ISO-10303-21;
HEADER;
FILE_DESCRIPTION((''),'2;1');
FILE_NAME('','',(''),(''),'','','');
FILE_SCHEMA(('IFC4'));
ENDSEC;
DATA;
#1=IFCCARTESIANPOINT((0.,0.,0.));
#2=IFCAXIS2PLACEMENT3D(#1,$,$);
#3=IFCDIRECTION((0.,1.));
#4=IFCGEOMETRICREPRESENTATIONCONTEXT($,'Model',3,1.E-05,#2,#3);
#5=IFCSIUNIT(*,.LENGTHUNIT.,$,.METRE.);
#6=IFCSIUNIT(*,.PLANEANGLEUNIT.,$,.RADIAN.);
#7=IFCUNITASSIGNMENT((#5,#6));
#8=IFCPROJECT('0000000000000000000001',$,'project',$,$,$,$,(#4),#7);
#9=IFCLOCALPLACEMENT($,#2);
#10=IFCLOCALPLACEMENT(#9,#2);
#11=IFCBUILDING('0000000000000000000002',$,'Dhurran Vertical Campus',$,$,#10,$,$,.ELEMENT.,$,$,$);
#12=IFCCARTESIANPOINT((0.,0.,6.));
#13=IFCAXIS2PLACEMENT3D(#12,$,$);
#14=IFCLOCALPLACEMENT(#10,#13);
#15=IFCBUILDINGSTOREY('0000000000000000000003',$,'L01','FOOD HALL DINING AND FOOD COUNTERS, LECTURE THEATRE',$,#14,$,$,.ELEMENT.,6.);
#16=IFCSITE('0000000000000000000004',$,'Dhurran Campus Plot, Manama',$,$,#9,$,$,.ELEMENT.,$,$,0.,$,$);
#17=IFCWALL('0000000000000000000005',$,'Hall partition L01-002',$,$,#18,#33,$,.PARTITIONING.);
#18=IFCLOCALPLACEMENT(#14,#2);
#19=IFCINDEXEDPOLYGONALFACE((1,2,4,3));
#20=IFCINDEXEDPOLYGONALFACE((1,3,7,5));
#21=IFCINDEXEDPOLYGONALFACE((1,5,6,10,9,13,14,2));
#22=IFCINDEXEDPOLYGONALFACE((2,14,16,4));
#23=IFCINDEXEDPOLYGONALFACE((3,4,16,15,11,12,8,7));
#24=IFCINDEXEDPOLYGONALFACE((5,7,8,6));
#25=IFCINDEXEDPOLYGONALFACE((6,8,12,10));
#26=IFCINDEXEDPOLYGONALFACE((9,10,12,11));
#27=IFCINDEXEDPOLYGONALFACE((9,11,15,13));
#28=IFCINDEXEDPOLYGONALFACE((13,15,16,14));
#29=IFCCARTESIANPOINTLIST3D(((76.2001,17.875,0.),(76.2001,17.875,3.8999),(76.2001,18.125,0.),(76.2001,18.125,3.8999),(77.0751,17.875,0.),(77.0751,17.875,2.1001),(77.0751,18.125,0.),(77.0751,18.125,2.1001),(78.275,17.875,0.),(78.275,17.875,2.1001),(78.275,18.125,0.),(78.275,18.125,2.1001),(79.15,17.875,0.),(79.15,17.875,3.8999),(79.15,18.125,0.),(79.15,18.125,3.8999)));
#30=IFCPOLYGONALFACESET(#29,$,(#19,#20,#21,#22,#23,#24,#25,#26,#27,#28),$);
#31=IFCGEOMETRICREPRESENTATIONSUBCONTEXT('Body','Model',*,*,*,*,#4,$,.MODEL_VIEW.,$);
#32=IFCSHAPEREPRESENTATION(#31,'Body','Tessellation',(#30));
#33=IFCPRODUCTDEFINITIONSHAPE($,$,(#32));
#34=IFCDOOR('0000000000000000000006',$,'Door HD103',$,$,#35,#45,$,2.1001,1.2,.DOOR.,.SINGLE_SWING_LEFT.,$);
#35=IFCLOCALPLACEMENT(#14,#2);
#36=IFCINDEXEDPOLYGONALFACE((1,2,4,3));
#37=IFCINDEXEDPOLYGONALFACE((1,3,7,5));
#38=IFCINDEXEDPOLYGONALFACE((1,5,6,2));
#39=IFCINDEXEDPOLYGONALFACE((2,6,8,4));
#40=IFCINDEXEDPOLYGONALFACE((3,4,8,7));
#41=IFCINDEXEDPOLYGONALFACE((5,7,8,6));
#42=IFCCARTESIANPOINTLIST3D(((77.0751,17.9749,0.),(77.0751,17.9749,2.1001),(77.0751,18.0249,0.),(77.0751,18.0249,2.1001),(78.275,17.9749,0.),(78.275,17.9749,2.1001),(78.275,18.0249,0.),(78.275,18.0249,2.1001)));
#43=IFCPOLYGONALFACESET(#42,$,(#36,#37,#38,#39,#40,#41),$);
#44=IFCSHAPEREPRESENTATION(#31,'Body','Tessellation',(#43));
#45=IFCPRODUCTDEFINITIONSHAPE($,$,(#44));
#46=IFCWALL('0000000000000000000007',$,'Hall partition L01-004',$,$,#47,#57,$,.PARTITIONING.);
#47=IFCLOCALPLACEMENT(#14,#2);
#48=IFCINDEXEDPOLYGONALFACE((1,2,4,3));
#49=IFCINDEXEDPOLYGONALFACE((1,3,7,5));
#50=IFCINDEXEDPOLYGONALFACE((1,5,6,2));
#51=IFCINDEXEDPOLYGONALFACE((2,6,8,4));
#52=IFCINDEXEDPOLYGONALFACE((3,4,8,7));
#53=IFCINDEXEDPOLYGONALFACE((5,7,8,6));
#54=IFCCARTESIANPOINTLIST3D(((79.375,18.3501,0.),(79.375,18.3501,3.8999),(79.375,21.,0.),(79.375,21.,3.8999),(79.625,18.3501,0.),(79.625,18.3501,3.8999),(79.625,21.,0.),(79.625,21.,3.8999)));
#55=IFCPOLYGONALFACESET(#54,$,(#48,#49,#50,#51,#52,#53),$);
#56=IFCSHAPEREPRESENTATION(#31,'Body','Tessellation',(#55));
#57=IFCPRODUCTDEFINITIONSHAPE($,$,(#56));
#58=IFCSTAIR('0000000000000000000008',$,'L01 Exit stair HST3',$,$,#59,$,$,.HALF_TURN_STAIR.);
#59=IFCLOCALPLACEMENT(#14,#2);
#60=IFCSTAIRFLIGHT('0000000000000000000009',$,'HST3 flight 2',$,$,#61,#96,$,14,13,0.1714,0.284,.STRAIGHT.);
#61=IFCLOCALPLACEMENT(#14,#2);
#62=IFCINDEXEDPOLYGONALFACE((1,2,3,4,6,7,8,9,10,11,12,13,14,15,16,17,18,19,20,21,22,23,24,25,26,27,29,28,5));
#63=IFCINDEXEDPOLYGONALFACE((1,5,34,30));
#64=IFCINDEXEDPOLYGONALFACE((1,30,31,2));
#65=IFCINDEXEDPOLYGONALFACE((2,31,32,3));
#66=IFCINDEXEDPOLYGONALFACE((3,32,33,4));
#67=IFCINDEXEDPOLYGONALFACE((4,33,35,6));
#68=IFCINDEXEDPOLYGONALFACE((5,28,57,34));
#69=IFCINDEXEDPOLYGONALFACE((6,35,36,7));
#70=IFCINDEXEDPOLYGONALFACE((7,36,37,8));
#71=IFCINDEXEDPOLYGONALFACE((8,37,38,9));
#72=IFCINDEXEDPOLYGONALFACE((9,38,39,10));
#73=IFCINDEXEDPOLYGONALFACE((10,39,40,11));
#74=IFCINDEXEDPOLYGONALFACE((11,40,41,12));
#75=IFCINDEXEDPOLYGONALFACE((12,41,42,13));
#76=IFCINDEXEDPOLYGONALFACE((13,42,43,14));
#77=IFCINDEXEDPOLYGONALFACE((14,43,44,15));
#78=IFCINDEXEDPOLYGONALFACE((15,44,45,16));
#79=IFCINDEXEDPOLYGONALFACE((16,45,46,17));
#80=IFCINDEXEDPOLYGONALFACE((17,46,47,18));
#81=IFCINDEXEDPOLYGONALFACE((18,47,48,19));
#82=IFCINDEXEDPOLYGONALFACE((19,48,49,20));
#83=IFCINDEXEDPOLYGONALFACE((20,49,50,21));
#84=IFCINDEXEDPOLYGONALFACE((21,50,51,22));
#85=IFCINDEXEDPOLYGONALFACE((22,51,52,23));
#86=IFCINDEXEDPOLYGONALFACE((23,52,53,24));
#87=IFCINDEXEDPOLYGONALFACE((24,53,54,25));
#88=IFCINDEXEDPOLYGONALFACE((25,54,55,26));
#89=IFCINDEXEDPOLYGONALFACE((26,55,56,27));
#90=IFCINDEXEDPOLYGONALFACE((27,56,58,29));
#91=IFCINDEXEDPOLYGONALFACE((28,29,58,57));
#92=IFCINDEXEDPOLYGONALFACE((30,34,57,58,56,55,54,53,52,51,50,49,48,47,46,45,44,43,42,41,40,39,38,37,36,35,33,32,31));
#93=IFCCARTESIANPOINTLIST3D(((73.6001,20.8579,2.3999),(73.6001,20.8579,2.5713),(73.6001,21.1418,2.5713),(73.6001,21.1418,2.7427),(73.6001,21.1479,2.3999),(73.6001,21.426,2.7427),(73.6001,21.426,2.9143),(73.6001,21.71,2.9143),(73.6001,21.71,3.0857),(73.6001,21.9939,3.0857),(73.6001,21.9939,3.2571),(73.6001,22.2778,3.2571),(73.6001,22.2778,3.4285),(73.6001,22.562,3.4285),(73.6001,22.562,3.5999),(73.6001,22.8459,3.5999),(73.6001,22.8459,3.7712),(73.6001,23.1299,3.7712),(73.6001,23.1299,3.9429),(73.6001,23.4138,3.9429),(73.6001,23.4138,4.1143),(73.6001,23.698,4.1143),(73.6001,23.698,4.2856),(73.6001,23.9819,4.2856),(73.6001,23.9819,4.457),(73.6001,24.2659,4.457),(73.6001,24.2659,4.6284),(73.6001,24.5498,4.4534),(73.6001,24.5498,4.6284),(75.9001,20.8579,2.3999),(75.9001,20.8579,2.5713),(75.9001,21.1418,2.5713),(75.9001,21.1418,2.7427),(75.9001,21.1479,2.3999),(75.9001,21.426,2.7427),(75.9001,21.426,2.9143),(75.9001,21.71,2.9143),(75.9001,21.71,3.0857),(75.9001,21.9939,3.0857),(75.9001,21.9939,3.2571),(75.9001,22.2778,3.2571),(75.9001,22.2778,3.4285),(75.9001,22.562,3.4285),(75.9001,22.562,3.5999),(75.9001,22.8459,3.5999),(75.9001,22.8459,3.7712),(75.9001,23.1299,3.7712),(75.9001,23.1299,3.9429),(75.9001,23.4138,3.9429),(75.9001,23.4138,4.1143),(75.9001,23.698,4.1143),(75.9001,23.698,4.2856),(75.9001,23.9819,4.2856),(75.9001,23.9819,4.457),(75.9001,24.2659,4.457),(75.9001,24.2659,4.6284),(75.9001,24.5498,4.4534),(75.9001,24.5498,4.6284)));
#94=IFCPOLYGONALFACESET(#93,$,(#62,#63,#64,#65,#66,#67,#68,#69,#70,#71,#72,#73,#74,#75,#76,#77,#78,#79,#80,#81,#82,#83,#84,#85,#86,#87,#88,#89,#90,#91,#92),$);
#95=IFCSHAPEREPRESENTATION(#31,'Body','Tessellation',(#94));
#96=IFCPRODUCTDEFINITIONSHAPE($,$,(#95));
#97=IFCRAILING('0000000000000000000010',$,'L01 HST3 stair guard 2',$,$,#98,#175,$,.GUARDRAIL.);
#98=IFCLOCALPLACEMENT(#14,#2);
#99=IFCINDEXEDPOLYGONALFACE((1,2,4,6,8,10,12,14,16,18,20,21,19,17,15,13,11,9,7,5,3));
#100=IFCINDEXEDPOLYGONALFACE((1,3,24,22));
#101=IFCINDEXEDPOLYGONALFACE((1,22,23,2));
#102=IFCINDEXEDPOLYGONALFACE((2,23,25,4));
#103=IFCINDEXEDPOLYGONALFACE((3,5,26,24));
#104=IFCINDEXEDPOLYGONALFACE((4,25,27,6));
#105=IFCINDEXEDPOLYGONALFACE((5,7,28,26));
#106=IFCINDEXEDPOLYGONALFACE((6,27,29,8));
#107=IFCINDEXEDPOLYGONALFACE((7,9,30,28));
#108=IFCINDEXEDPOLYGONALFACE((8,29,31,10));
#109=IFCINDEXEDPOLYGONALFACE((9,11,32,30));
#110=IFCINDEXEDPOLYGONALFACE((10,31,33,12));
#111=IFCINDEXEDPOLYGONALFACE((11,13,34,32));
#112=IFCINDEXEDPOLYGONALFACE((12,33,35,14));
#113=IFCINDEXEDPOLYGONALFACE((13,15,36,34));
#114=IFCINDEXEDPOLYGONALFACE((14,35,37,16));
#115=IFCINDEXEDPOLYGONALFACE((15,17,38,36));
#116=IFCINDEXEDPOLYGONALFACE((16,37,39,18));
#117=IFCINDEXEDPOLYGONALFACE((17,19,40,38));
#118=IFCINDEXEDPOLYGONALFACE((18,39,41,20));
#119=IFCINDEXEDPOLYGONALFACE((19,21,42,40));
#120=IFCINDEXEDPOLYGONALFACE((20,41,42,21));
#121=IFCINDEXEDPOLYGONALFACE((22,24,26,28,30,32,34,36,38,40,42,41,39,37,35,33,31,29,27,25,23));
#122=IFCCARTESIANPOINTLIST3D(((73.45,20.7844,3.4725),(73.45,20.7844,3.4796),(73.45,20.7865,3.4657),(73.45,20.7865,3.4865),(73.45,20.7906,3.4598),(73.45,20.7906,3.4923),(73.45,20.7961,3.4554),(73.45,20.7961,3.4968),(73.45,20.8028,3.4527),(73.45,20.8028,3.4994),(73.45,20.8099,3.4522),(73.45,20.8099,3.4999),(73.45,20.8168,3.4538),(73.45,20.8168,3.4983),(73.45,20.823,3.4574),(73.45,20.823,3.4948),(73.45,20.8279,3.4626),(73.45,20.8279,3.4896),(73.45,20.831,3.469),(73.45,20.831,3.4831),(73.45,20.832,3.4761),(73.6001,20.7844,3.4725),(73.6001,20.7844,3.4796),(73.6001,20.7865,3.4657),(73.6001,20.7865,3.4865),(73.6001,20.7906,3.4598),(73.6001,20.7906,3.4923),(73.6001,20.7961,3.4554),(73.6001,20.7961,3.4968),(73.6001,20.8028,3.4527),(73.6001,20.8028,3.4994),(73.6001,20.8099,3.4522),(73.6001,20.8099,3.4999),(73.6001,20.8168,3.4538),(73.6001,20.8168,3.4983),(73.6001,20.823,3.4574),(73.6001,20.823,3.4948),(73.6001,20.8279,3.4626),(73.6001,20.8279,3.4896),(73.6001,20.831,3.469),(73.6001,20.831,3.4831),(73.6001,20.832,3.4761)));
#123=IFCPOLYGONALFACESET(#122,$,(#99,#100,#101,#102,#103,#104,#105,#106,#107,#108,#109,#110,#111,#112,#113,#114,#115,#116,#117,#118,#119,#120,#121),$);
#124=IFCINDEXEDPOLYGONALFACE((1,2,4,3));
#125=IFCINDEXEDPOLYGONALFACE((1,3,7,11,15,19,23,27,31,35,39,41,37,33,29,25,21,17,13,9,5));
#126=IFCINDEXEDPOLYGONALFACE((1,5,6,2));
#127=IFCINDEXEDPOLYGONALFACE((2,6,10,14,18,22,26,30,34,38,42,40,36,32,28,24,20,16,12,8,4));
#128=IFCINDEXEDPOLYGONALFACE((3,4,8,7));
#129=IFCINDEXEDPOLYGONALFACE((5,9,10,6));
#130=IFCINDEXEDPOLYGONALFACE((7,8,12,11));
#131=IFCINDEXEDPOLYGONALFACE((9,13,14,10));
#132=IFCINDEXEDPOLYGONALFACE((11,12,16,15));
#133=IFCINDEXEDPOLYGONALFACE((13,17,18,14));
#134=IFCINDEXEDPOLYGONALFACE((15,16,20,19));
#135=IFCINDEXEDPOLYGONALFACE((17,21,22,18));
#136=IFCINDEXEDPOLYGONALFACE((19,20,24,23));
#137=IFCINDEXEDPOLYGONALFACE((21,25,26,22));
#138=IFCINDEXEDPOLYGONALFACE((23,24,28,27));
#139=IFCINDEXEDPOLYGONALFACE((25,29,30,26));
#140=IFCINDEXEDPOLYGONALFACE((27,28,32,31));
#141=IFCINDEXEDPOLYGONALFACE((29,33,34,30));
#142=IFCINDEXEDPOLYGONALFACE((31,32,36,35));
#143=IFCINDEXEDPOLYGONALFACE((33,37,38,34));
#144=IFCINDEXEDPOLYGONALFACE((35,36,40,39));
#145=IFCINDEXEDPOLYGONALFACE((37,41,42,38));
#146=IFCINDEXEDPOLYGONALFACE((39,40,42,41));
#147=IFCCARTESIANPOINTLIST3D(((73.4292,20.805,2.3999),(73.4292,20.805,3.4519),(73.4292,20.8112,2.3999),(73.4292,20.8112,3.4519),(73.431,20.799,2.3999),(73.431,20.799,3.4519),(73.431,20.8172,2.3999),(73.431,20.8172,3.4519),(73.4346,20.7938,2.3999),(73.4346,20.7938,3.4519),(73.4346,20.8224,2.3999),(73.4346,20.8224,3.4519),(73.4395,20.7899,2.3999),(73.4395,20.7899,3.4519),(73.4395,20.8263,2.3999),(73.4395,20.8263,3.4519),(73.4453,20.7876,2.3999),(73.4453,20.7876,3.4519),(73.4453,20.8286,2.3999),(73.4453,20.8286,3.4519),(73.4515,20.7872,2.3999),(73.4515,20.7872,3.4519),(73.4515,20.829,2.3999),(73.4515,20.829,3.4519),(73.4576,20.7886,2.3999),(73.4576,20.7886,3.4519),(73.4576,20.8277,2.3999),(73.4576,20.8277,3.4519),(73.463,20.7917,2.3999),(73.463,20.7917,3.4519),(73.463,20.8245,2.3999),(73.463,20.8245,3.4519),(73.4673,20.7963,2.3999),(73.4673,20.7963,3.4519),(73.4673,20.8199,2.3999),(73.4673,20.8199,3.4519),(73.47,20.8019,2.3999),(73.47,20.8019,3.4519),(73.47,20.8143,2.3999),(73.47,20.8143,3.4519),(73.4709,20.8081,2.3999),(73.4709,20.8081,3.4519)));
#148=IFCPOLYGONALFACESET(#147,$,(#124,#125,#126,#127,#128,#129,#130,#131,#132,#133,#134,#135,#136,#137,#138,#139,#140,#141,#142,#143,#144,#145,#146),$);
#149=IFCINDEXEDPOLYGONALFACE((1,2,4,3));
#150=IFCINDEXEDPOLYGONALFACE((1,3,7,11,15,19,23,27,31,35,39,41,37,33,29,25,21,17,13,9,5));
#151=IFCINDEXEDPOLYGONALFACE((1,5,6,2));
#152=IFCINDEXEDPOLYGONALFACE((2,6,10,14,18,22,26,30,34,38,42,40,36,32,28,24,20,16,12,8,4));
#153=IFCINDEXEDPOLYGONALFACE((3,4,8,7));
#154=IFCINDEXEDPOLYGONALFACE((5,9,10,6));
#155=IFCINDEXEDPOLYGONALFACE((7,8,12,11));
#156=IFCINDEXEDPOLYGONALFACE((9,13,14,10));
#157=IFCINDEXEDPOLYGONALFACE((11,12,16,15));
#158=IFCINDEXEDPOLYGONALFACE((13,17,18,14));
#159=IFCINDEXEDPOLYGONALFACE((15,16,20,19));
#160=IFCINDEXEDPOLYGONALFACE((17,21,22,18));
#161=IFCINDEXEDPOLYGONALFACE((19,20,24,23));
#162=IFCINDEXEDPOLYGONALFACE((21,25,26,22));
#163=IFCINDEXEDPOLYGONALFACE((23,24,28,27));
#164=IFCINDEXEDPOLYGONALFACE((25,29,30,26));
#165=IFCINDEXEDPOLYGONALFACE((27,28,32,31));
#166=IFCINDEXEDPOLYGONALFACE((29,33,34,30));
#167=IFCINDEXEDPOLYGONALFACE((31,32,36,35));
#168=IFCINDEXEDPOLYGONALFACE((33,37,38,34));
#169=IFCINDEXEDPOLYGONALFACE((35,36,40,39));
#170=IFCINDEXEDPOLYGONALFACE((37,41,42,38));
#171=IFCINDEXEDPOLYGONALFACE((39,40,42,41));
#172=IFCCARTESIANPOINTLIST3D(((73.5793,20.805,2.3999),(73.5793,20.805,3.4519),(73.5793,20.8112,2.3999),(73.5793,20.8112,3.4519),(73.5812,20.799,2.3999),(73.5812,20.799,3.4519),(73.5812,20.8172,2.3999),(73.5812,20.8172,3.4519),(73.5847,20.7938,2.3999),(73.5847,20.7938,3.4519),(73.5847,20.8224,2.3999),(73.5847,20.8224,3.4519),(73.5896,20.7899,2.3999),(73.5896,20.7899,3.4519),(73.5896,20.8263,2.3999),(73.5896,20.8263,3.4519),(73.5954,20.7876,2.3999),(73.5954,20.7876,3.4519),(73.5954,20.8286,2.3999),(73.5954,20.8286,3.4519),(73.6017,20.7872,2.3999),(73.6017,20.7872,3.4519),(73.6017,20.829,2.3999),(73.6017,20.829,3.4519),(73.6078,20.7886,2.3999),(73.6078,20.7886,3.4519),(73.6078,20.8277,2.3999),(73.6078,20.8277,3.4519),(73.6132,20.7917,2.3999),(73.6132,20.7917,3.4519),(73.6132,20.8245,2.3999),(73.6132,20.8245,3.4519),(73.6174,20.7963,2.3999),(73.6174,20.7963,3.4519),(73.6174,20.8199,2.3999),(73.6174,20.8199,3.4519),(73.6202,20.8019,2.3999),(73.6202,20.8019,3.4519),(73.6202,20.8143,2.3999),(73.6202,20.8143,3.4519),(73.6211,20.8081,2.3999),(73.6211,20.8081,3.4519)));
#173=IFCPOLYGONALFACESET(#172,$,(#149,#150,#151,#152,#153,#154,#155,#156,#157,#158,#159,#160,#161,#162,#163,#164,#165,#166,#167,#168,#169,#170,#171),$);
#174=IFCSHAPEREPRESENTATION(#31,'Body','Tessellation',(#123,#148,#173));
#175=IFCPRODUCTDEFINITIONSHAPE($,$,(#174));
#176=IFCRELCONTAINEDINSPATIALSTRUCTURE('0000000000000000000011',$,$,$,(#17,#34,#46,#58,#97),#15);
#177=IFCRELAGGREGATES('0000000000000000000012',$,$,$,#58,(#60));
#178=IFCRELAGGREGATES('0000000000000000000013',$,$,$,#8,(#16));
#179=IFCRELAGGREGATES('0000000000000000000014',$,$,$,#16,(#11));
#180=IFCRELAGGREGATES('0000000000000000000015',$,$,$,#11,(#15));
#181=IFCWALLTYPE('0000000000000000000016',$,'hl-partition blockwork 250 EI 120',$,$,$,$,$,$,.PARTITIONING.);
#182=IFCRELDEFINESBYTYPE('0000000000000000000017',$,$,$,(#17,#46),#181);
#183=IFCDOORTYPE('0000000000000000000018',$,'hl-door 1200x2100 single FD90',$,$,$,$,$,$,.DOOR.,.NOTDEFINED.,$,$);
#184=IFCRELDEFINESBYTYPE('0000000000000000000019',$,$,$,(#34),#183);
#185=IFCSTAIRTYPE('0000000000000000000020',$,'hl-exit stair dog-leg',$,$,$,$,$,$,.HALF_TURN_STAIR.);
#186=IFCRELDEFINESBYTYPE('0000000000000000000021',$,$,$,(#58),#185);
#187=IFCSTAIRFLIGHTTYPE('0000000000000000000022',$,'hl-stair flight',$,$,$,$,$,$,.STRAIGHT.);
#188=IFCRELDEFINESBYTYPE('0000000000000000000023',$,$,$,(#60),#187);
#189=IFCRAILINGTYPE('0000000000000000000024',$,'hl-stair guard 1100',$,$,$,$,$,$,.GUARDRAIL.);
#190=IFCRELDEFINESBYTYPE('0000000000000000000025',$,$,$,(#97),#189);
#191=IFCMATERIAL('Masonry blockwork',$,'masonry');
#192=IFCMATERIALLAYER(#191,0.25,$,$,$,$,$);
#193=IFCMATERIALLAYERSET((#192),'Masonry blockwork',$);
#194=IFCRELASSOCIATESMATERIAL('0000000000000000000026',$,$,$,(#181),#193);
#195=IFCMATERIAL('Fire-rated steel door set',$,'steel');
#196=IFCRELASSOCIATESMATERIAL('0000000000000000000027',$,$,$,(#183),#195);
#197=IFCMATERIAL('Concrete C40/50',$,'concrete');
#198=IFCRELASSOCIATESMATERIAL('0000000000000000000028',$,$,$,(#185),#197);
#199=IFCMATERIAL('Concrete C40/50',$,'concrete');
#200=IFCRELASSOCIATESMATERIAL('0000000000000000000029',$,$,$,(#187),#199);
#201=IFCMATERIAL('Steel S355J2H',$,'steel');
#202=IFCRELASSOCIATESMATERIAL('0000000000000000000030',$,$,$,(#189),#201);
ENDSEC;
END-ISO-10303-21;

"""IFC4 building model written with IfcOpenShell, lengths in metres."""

from ifc_helpers import new_model, si_unit, direction, frame, frame_2d, origin, origin_2d, place, context, subcontext, project, spatial, polyline, rectangle, circle, outline, extrude, material, layer, layer_set, type_object, element, fill, aggregate, save


model = new_model("IFC4")

# Units and contexts
model_context = context("Model", 3, precision=1e-05, world=origin(), true_north=direction((0.0, 1.0)))
body_context = subcontext(model_context, "Body", "Model", "MODEL_VIEW")
ifc_project = project(units=[si_unit("LENGTHUNIT", "METRE"), si_unit("PLANEANGLEUNIT", "RADIAN")], contexts=[model_context])

# Site, building, storey
site_placement = place(None, origin())
site = spatial("IfcSite", under=ifc_project, at=site_placement, Name="Dhurran Campus Plot, Manama", CompositionType="ELEMENT", RefElevation=0.0)
building_placement = place(site_placement, origin())
building = spatial("IfcBuilding", under=site, at=building_placement, Name="Dhurran Vertical Campus", CompositionType="ELEMENT")
storey_placement = place(building_placement, frame((0.0, 0.0, 6.0)))
storey = spatial("IfcBuildingStorey", under=building, at=storey_placement, Name="L01", Description="FOOD HALL DINING AND FOOD COUNTERS, LECTURE THEATRE", CompositionType="ELEMENT", Elevation=6.0)

# Wall, opening, door
ifc_material_1 = material(Name="Masonry blockwork", Category="masonry")
ifc_layer_1 = layer(ifc_material_1, 0.25)
ifc_layer_set_1 = layer_set([ifc_layer_1], Name="Masonry blockwork")
wall_type_1 = type_object("IfcWallType", Name="hl-partition blockwork 250 EI 120", PredefinedType="PARTITIONING", material=ifc_layer_set_1)
wall_1_placement = place(storey_placement, frame((76.2, 18.0, 0.0), z_axis=(0.0, 0.0, 1.0), x_axis=(1.0, 0.0, 0.0)))
wall_1 = element("IfcWall", 1, at=wall_1_placement, inside=storey, type_object=wall_type_1, Name="Hall partition L01-002", PredefinedType="PARTITIONING", context=body_context, shape_type="SweptSolid", body=[
    extrude(rectangle(XDim=2.95, YDim=0.25, at=frame_2d((1.4751, 0.0))), origin(), (0.0, 0.0, 1.0), 3.8999),
])
opening_1_placement = place(wall_1_placement, frame((0.875, 0.0, 0.0)))
opening_1 = element("IfcOpeningElement", 2, at=opening_1_placement, cuts=wall_1, PredefinedType="OPENING", context=body_context, shape_type="SweptSolid", body=[
    extrude(rectangle(XDim=1.2, YDim=2.1001, at=frame_2d((0.6001, 1.05))), frame((0.0, 0.135, 0.0), z_axis=(0.0, -1.0, 0.0), x_axis=(1.0, 0.0, 0.0)), (0.0, 0.0, 1.0), 0.27),
])
ifc_material_2 = material(Name="Fire-rated steel door set", Category="steel")
door_type_1 = type_object("IfcDoorType", Name="hl-door 1200x2100 single FD90", OperationType="NOTDEFINED", PredefinedType="DOOR", material=ifc_material_2)
door_1_placement = place(opening_1_placement, origin())
door_1 = element("IfcDoor", 3, at=door_1_placement, inside=storey, type_object=door_type_1, Name="Door HD103", OperationType="SINGLE_SWING_LEFT", OverallHeight=2.1001, OverallWidth=1.2, PredefinedType="DOOR", context=body_context, shape_type="SweptSolid", body=[
    extrude(rectangle(XDim=1.2, YDim=2.1001, at=frame_2d((0.6001, 1.05))), frame((0.0, 0.0249, 0.0), z_axis=(0.0, -1.0, 0.0), x_axis=(1.0, 0.0, 0.0)), (0.0, 0.0, 1.0), 0.05),
])
fill(opening_1, door_1)

# Wall
wall_2_placement = place(storey_placement, frame((79.5, 18.3501, 0.0), z_axis=(0.0, 0.0, 1.0), x_axis=(0.0, 1.0, 0.0)))
element("IfcWall", 4, at=wall_2_placement, inside=storey, type_object=wall_type_1, Name="Hall partition L01-004", PredefinedType="PARTITIONING", context=body_context, shape_type="SweptSolid", body=[
    extrude(rectangle(XDim=2.6499, YDim=0.25, at=frame_2d((1.325, 0.0))), origin(), (0.0, 0.0, 1.0), 3.8999),
])

# Stair, stair flight
ifc_material_3 = material(Name="Concrete C40/50", Category="concrete")
stair_type = type_object("IfcStairType", Name="hl-exit stair dog-leg", PredefinedType="HALF_TURN_STAIR", material=ifc_material_3)
stair_placement = place(storey_placement, origin())
stair = element("IfcStair", 5, at=stair_placement, inside=storey, type_object=stair_type, Name="L01 Exit stair HST3", PredefinedType="HALF_TURN_STAIR")
ifc_material_4 = material(Name="Concrete C40/50", Category="concrete")
stair_flight_type = type_object("IfcStairFlightType", Name="hl-stair flight", PredefinedType="STRAIGHT", material=ifc_material_4)
stair_flight_placement = place(storey_placement, frame((74.75, 20.8579, 2.3999), z_axis=(0.0, 0.0, 1.0), x_axis=(0.0, 1.0, 0.0)))
stair_flight = element("IfcStairFlight", 6, at=stair_flight_placement, type_object=stair_flight_type, Name="HST3 flight 2", NumberOfRisers=14, NumberOfTreads=13, PredefinedType="STRAIGHT", RiserHeight=0.1714, TreadLength=0.284, context=body_context, shape_type="SweptSolid", body=[
    extrude(outline(polyline([(0.0, 0.0), (0.0, 0.1714), (0.2839, 0.1714), (0.2839, 0.3428), (0.5681, 0.3428), (0.5681, 0.5144), (0.8521, 0.5144), (0.8521, 0.6858), (1.136, 0.6858), (1.136, 0.8572), (1.4199, 0.8572), (1.4199, 1.0286), (1.7041, 1.0286), (1.7041, 1.2), (1.988, 1.2), (1.988, 1.3713), (2.272, 1.3713), (2.272, 1.543), (2.5559, 1.543), (2.5559, 1.7144), (2.8401, 1.7144), (2.8401, 1.8857), (3.124, 1.8857), (3.124, 2.0571), (3.408, 2.0571), (3.408, 2.2285), (3.6919, 2.2285), (3.6919, 2.3999), (3.6919, 2.0535), (0.29, 0.0), (0.0, 0.0)])), frame((0.0, 1.1499, 0.0), z_axis=(0.0, -1.0, 0.0), x_axis=(1.0, 0.0, 0.0)), (0.0, 0.0, 1.0), 2.3),
])
aggregate(stair, [stair_flight])

# Railing
ifc_material_5 = material(Name="Steel S355J2H", Category="steel")
railing_type = type_object("IfcRailingType", Name="hl-stair guard 1100", PredefinedType="GUARDRAIL", material=ifc_material_5)
railing_1_placement = place(storey_placement, frame((73.45, 20.8081, 2.3999)))
element("IfcRailing", 7, at=railing_1_placement, inside=storey, type_object=railing_type, Name="L01 HST3 stair guard 2", PredefinedType="GUARDRAIL", context=body_context, shape_type="SweptSolid", body=[
    extrude(circle(Radius=0.0239, at=origin_2d()), frame((0.0, 0.0, 1.0762), z_axis=(1.0, 0.0, 0.0), x_axis=(0.0, 1.0, 0.0)), (0.0, 0.0, 1.0), 0.1501),
    extrude(circle(Radius=0.021, at=origin_2d()), origin(), (0.0, 0.0, 1.0), 1.052),
    extrude(circle(Radius=0.021, at=origin_2d()), frame((0.1501, 0.0, 0.0)), (0.0, 0.0, 1.0), 1.052),
])

save(model, "model.ifc")
